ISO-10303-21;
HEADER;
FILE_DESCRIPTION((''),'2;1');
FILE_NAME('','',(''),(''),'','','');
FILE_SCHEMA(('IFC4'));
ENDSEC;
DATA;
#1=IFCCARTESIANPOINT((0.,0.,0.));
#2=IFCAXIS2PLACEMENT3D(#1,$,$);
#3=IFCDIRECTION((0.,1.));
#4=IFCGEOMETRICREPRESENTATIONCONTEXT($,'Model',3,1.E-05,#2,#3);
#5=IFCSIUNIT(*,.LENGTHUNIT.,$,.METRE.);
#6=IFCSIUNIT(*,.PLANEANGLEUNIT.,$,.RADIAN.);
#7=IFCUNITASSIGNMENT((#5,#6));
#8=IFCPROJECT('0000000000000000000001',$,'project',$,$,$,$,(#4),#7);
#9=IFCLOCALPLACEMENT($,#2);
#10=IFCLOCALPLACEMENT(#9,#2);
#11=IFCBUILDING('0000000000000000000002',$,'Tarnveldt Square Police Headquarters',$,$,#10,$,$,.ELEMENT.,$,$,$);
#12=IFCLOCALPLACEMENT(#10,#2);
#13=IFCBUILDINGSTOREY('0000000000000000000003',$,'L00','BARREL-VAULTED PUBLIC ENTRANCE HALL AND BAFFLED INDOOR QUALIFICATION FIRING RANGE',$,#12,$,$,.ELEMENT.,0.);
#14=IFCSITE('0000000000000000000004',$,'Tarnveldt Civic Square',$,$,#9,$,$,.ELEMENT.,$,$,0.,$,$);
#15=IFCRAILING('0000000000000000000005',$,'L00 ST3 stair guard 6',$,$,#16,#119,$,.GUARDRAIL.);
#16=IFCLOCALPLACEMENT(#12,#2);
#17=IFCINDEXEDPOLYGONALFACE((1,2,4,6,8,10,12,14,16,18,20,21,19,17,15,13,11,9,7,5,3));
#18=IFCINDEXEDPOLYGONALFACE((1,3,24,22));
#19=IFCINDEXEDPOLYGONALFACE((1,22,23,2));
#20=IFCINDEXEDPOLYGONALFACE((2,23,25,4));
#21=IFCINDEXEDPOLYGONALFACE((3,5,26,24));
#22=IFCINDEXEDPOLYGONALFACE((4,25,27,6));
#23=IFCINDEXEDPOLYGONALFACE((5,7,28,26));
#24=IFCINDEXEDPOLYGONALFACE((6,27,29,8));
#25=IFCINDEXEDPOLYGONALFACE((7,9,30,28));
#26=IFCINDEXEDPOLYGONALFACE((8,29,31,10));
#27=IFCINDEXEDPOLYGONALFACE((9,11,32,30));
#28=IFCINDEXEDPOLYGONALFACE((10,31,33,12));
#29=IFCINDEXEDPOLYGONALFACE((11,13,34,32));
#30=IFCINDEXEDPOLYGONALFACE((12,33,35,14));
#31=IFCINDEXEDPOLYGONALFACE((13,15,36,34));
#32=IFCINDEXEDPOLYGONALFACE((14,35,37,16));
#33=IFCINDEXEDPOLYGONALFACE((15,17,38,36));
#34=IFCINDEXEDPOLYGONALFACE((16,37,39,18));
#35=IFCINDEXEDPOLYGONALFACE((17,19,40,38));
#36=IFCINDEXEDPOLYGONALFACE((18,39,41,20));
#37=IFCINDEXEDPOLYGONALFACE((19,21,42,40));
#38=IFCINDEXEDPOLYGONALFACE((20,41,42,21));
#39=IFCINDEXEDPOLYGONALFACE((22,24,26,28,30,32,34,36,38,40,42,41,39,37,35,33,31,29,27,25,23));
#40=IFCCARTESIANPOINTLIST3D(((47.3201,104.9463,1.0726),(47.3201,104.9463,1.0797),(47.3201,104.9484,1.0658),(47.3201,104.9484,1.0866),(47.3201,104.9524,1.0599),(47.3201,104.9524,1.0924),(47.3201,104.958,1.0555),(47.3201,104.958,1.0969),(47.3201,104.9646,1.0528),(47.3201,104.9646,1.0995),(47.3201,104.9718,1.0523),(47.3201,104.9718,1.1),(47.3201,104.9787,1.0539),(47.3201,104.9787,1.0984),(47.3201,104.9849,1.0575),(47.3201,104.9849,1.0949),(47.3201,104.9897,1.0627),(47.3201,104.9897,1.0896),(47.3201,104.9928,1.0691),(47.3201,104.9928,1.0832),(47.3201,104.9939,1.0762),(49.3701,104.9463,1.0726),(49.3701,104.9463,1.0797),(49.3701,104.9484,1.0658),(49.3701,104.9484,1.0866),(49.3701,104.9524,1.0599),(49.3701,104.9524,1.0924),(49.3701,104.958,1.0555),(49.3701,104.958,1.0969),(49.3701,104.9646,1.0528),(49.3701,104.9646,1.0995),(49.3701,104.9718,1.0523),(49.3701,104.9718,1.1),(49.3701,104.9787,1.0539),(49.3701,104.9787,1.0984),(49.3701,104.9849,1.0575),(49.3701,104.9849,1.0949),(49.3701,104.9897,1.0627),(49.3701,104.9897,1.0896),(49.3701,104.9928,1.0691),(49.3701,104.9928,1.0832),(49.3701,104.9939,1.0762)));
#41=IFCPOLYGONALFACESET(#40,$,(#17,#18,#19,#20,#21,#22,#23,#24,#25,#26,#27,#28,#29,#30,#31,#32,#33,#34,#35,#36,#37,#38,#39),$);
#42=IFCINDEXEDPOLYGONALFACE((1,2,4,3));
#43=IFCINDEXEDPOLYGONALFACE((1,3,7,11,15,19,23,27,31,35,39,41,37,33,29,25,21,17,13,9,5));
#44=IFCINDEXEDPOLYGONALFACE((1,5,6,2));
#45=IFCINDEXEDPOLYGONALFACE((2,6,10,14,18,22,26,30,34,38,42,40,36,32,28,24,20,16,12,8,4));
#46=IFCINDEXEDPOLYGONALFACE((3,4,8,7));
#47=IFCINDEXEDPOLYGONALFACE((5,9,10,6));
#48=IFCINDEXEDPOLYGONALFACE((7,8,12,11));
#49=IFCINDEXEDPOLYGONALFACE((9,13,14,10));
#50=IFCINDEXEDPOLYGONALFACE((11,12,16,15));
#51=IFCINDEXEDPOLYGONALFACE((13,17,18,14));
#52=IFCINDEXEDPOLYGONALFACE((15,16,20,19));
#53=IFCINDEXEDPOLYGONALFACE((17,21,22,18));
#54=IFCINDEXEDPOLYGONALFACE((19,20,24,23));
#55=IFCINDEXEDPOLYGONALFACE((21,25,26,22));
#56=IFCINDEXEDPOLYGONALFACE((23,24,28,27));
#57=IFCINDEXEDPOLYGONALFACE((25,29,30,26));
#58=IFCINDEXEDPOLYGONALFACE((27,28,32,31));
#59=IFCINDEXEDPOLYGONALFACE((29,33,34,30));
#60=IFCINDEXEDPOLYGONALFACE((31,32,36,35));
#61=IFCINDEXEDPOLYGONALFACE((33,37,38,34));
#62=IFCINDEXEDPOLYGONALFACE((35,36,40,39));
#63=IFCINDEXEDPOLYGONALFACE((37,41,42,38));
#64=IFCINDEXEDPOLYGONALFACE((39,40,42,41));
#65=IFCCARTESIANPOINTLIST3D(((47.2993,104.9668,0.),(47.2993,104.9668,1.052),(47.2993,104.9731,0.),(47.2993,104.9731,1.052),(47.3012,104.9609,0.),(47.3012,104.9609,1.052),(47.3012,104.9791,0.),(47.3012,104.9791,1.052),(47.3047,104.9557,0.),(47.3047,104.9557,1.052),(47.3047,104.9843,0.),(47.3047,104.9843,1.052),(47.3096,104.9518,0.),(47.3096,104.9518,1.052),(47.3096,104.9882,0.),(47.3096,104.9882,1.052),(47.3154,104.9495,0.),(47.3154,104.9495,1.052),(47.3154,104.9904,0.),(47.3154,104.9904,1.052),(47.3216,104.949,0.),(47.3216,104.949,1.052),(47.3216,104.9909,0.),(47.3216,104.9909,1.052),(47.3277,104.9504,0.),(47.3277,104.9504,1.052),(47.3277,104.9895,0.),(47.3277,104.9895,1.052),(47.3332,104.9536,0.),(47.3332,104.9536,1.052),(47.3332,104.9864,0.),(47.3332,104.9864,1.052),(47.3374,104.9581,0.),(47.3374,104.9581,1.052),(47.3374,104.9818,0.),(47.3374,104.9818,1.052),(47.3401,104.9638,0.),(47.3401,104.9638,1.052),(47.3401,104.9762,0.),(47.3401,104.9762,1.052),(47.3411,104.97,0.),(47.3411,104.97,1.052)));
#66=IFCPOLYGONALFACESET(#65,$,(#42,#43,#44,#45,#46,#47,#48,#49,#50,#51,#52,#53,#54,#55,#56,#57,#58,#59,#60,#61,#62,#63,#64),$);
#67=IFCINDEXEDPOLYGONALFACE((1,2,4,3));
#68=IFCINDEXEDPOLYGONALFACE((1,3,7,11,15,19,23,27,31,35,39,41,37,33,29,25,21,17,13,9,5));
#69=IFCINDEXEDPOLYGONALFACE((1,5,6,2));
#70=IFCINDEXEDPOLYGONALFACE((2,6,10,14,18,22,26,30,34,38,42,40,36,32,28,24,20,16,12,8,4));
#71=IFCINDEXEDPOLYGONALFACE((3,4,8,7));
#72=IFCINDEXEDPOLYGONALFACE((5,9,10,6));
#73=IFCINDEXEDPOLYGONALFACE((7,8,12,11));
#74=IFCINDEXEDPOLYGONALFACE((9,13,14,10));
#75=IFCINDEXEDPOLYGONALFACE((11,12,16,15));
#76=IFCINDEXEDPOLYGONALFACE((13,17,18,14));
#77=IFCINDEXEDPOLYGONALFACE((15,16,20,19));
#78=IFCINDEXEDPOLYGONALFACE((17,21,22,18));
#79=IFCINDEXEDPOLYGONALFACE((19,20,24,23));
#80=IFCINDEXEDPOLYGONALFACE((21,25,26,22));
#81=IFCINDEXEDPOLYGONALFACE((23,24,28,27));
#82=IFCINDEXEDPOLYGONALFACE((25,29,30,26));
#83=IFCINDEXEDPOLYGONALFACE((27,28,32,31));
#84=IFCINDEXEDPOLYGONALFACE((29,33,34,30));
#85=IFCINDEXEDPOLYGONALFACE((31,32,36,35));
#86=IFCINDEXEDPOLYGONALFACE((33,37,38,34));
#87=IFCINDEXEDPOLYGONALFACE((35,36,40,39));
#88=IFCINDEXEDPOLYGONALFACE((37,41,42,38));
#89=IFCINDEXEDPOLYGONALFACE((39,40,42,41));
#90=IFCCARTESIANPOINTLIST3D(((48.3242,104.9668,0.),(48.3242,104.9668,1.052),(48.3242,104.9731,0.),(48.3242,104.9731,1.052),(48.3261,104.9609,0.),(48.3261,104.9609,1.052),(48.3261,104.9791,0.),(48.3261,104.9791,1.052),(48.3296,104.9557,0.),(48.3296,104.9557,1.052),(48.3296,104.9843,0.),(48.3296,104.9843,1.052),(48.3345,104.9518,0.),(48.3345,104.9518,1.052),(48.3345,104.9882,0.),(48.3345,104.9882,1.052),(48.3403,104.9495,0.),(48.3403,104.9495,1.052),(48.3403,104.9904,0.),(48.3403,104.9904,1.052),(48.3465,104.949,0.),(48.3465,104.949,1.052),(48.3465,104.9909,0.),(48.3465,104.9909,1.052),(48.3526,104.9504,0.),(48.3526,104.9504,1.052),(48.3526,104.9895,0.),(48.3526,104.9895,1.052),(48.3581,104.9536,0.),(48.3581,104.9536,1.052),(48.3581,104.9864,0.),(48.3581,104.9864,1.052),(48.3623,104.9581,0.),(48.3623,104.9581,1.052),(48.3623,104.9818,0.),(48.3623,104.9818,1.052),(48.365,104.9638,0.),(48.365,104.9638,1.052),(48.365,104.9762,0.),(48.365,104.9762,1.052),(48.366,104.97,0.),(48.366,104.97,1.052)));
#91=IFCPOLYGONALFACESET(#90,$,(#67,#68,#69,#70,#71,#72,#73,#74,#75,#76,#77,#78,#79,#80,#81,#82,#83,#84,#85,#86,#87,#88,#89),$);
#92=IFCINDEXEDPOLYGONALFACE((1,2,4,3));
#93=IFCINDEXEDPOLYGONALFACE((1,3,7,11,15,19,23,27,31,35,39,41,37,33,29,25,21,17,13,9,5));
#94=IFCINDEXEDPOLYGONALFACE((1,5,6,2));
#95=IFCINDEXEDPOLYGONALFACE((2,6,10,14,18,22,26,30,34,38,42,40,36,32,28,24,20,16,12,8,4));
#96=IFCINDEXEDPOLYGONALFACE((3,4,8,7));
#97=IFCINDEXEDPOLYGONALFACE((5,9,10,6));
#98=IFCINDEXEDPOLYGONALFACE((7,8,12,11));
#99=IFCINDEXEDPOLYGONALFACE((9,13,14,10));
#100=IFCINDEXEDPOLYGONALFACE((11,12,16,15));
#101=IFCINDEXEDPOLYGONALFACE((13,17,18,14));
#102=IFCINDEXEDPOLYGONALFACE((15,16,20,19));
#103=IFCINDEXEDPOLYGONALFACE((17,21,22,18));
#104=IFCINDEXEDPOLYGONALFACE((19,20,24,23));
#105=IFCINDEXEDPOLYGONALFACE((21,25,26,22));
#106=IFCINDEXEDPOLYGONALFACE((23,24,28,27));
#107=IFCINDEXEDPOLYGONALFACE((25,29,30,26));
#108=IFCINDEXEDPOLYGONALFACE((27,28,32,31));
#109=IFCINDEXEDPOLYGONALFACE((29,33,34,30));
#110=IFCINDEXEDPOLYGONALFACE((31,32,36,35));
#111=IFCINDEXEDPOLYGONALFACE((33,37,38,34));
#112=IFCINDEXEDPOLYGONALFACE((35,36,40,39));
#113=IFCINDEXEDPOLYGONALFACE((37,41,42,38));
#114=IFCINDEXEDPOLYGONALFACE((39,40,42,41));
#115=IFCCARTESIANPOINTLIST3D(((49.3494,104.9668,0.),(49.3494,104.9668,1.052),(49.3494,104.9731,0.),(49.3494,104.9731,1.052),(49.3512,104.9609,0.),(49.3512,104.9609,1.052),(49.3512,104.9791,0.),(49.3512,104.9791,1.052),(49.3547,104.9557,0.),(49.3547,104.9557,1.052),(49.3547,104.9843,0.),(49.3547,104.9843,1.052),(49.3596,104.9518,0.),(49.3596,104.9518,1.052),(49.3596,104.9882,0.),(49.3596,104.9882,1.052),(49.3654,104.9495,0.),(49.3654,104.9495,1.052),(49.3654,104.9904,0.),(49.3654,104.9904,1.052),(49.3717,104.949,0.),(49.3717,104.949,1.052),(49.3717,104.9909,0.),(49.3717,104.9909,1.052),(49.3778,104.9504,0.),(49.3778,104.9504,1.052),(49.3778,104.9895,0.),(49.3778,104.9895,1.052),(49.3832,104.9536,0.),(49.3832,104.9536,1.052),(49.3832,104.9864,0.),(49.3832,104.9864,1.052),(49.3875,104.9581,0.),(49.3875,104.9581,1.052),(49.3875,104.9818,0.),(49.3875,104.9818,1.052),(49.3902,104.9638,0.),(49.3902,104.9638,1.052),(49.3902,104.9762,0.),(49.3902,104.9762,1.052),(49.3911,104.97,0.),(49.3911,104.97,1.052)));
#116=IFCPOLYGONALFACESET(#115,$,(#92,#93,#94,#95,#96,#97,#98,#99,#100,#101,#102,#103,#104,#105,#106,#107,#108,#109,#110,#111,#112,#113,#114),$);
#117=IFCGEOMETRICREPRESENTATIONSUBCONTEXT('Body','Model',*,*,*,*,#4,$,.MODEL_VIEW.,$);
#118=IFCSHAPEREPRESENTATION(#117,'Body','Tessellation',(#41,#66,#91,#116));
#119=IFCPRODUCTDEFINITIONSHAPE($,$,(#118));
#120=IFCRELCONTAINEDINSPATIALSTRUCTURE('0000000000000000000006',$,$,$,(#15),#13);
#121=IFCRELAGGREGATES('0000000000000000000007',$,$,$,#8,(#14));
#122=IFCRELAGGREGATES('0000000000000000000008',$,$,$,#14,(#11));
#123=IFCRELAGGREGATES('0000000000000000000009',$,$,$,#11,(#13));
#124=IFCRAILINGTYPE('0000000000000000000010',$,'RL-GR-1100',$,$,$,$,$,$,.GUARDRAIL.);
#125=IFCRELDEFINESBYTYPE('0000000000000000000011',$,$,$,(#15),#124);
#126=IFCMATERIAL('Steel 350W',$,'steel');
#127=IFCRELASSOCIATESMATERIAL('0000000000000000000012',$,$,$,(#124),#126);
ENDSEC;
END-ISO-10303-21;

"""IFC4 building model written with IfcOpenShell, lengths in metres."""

from ifc_helpers import new_model, si_unit, direction, frame, origin, origin_2d, place, context, subcontext, project, spatial, circle, extrude, material, type_object, element, save


model = new_model("IFC4")

# Units and contexts
model_context = context("Model", 3, precision=1e-05, world=origin(), true_north=direction((0.0, 1.0)))
body_context = subcontext(model_context, "Body", "Model", "MODEL_VIEW")
ifc_project = project(units=[si_unit("LENGTHUNIT", "METRE"), si_unit("PLANEANGLEUNIT", "RADIAN")], contexts=[model_context])

# Site, building, storey
site_placement = place(None, origin())
site = spatial("IfcSite", under=ifc_project, at=site_placement, Name="Tarnveldt Civic Square", CompositionType="ELEMENT", RefElevation=0.0)
building_placement = place(site_placement, origin())
building = spatial("IfcBuilding", under=site, at=building_placement, Name="Tarnveldt Square Police Headquarters", CompositionType="ELEMENT")
storey_placement = place(building_placement, origin())
storey = spatial("IfcBuildingStorey", under=building, at=storey_placement, Name="L00", Description="BARREL-VAULTED PUBLIC ENTRANCE HALL AND BAFFLED INDOOR QUALIFICATION FIRING RANGE", CompositionType="ELEMENT", Elevation=0.0)

# Shared definitions
ifc_material_1 = material(Name="Steel 350W", Category="steel")

# Railing
railing_type = type_object("IfcRailingType", Name="RL-GR-1100", PredefinedType="GUARDRAIL", material=ifc_material_1)
railing_placement = place(storey_placement, frame((47.3201, 104.97, 0.0)))
element("IfcRailing", 1, at=railing_placement, inside=storey, type_object=railing_type, Name="L00 ST3 stair guard 6", PredefinedType="GUARDRAIL", context=body_context, shape_type="SweptSolid", body=[
    extrude(circle(Radius=0.0239, at=origin_2d()), frame((0.0, 0.0, 1.0762), z_axis=(1.0, 0.0, 0.0), x_axis=(0.0, 1.0, 0.0)), (0.0, 0.0, 1.0), 2.05),
    extrude(circle(Radius=0.021, at=origin_2d()), origin(), (0.0, 0.0, 1.0), 1.052),
    extrude(circle(Radius=0.021, at=origin_2d()), frame((1.0249, 0.0, 0.0)), (0.0, 0.0, 1.0), 1.052),
    extrude(circle(Radius=0.021, at=origin_2d()), frame((2.05, 0.0, 0.0)), (0.0, 0.0, 1.0), 1.052),
])

save(model, "model.ifc")
